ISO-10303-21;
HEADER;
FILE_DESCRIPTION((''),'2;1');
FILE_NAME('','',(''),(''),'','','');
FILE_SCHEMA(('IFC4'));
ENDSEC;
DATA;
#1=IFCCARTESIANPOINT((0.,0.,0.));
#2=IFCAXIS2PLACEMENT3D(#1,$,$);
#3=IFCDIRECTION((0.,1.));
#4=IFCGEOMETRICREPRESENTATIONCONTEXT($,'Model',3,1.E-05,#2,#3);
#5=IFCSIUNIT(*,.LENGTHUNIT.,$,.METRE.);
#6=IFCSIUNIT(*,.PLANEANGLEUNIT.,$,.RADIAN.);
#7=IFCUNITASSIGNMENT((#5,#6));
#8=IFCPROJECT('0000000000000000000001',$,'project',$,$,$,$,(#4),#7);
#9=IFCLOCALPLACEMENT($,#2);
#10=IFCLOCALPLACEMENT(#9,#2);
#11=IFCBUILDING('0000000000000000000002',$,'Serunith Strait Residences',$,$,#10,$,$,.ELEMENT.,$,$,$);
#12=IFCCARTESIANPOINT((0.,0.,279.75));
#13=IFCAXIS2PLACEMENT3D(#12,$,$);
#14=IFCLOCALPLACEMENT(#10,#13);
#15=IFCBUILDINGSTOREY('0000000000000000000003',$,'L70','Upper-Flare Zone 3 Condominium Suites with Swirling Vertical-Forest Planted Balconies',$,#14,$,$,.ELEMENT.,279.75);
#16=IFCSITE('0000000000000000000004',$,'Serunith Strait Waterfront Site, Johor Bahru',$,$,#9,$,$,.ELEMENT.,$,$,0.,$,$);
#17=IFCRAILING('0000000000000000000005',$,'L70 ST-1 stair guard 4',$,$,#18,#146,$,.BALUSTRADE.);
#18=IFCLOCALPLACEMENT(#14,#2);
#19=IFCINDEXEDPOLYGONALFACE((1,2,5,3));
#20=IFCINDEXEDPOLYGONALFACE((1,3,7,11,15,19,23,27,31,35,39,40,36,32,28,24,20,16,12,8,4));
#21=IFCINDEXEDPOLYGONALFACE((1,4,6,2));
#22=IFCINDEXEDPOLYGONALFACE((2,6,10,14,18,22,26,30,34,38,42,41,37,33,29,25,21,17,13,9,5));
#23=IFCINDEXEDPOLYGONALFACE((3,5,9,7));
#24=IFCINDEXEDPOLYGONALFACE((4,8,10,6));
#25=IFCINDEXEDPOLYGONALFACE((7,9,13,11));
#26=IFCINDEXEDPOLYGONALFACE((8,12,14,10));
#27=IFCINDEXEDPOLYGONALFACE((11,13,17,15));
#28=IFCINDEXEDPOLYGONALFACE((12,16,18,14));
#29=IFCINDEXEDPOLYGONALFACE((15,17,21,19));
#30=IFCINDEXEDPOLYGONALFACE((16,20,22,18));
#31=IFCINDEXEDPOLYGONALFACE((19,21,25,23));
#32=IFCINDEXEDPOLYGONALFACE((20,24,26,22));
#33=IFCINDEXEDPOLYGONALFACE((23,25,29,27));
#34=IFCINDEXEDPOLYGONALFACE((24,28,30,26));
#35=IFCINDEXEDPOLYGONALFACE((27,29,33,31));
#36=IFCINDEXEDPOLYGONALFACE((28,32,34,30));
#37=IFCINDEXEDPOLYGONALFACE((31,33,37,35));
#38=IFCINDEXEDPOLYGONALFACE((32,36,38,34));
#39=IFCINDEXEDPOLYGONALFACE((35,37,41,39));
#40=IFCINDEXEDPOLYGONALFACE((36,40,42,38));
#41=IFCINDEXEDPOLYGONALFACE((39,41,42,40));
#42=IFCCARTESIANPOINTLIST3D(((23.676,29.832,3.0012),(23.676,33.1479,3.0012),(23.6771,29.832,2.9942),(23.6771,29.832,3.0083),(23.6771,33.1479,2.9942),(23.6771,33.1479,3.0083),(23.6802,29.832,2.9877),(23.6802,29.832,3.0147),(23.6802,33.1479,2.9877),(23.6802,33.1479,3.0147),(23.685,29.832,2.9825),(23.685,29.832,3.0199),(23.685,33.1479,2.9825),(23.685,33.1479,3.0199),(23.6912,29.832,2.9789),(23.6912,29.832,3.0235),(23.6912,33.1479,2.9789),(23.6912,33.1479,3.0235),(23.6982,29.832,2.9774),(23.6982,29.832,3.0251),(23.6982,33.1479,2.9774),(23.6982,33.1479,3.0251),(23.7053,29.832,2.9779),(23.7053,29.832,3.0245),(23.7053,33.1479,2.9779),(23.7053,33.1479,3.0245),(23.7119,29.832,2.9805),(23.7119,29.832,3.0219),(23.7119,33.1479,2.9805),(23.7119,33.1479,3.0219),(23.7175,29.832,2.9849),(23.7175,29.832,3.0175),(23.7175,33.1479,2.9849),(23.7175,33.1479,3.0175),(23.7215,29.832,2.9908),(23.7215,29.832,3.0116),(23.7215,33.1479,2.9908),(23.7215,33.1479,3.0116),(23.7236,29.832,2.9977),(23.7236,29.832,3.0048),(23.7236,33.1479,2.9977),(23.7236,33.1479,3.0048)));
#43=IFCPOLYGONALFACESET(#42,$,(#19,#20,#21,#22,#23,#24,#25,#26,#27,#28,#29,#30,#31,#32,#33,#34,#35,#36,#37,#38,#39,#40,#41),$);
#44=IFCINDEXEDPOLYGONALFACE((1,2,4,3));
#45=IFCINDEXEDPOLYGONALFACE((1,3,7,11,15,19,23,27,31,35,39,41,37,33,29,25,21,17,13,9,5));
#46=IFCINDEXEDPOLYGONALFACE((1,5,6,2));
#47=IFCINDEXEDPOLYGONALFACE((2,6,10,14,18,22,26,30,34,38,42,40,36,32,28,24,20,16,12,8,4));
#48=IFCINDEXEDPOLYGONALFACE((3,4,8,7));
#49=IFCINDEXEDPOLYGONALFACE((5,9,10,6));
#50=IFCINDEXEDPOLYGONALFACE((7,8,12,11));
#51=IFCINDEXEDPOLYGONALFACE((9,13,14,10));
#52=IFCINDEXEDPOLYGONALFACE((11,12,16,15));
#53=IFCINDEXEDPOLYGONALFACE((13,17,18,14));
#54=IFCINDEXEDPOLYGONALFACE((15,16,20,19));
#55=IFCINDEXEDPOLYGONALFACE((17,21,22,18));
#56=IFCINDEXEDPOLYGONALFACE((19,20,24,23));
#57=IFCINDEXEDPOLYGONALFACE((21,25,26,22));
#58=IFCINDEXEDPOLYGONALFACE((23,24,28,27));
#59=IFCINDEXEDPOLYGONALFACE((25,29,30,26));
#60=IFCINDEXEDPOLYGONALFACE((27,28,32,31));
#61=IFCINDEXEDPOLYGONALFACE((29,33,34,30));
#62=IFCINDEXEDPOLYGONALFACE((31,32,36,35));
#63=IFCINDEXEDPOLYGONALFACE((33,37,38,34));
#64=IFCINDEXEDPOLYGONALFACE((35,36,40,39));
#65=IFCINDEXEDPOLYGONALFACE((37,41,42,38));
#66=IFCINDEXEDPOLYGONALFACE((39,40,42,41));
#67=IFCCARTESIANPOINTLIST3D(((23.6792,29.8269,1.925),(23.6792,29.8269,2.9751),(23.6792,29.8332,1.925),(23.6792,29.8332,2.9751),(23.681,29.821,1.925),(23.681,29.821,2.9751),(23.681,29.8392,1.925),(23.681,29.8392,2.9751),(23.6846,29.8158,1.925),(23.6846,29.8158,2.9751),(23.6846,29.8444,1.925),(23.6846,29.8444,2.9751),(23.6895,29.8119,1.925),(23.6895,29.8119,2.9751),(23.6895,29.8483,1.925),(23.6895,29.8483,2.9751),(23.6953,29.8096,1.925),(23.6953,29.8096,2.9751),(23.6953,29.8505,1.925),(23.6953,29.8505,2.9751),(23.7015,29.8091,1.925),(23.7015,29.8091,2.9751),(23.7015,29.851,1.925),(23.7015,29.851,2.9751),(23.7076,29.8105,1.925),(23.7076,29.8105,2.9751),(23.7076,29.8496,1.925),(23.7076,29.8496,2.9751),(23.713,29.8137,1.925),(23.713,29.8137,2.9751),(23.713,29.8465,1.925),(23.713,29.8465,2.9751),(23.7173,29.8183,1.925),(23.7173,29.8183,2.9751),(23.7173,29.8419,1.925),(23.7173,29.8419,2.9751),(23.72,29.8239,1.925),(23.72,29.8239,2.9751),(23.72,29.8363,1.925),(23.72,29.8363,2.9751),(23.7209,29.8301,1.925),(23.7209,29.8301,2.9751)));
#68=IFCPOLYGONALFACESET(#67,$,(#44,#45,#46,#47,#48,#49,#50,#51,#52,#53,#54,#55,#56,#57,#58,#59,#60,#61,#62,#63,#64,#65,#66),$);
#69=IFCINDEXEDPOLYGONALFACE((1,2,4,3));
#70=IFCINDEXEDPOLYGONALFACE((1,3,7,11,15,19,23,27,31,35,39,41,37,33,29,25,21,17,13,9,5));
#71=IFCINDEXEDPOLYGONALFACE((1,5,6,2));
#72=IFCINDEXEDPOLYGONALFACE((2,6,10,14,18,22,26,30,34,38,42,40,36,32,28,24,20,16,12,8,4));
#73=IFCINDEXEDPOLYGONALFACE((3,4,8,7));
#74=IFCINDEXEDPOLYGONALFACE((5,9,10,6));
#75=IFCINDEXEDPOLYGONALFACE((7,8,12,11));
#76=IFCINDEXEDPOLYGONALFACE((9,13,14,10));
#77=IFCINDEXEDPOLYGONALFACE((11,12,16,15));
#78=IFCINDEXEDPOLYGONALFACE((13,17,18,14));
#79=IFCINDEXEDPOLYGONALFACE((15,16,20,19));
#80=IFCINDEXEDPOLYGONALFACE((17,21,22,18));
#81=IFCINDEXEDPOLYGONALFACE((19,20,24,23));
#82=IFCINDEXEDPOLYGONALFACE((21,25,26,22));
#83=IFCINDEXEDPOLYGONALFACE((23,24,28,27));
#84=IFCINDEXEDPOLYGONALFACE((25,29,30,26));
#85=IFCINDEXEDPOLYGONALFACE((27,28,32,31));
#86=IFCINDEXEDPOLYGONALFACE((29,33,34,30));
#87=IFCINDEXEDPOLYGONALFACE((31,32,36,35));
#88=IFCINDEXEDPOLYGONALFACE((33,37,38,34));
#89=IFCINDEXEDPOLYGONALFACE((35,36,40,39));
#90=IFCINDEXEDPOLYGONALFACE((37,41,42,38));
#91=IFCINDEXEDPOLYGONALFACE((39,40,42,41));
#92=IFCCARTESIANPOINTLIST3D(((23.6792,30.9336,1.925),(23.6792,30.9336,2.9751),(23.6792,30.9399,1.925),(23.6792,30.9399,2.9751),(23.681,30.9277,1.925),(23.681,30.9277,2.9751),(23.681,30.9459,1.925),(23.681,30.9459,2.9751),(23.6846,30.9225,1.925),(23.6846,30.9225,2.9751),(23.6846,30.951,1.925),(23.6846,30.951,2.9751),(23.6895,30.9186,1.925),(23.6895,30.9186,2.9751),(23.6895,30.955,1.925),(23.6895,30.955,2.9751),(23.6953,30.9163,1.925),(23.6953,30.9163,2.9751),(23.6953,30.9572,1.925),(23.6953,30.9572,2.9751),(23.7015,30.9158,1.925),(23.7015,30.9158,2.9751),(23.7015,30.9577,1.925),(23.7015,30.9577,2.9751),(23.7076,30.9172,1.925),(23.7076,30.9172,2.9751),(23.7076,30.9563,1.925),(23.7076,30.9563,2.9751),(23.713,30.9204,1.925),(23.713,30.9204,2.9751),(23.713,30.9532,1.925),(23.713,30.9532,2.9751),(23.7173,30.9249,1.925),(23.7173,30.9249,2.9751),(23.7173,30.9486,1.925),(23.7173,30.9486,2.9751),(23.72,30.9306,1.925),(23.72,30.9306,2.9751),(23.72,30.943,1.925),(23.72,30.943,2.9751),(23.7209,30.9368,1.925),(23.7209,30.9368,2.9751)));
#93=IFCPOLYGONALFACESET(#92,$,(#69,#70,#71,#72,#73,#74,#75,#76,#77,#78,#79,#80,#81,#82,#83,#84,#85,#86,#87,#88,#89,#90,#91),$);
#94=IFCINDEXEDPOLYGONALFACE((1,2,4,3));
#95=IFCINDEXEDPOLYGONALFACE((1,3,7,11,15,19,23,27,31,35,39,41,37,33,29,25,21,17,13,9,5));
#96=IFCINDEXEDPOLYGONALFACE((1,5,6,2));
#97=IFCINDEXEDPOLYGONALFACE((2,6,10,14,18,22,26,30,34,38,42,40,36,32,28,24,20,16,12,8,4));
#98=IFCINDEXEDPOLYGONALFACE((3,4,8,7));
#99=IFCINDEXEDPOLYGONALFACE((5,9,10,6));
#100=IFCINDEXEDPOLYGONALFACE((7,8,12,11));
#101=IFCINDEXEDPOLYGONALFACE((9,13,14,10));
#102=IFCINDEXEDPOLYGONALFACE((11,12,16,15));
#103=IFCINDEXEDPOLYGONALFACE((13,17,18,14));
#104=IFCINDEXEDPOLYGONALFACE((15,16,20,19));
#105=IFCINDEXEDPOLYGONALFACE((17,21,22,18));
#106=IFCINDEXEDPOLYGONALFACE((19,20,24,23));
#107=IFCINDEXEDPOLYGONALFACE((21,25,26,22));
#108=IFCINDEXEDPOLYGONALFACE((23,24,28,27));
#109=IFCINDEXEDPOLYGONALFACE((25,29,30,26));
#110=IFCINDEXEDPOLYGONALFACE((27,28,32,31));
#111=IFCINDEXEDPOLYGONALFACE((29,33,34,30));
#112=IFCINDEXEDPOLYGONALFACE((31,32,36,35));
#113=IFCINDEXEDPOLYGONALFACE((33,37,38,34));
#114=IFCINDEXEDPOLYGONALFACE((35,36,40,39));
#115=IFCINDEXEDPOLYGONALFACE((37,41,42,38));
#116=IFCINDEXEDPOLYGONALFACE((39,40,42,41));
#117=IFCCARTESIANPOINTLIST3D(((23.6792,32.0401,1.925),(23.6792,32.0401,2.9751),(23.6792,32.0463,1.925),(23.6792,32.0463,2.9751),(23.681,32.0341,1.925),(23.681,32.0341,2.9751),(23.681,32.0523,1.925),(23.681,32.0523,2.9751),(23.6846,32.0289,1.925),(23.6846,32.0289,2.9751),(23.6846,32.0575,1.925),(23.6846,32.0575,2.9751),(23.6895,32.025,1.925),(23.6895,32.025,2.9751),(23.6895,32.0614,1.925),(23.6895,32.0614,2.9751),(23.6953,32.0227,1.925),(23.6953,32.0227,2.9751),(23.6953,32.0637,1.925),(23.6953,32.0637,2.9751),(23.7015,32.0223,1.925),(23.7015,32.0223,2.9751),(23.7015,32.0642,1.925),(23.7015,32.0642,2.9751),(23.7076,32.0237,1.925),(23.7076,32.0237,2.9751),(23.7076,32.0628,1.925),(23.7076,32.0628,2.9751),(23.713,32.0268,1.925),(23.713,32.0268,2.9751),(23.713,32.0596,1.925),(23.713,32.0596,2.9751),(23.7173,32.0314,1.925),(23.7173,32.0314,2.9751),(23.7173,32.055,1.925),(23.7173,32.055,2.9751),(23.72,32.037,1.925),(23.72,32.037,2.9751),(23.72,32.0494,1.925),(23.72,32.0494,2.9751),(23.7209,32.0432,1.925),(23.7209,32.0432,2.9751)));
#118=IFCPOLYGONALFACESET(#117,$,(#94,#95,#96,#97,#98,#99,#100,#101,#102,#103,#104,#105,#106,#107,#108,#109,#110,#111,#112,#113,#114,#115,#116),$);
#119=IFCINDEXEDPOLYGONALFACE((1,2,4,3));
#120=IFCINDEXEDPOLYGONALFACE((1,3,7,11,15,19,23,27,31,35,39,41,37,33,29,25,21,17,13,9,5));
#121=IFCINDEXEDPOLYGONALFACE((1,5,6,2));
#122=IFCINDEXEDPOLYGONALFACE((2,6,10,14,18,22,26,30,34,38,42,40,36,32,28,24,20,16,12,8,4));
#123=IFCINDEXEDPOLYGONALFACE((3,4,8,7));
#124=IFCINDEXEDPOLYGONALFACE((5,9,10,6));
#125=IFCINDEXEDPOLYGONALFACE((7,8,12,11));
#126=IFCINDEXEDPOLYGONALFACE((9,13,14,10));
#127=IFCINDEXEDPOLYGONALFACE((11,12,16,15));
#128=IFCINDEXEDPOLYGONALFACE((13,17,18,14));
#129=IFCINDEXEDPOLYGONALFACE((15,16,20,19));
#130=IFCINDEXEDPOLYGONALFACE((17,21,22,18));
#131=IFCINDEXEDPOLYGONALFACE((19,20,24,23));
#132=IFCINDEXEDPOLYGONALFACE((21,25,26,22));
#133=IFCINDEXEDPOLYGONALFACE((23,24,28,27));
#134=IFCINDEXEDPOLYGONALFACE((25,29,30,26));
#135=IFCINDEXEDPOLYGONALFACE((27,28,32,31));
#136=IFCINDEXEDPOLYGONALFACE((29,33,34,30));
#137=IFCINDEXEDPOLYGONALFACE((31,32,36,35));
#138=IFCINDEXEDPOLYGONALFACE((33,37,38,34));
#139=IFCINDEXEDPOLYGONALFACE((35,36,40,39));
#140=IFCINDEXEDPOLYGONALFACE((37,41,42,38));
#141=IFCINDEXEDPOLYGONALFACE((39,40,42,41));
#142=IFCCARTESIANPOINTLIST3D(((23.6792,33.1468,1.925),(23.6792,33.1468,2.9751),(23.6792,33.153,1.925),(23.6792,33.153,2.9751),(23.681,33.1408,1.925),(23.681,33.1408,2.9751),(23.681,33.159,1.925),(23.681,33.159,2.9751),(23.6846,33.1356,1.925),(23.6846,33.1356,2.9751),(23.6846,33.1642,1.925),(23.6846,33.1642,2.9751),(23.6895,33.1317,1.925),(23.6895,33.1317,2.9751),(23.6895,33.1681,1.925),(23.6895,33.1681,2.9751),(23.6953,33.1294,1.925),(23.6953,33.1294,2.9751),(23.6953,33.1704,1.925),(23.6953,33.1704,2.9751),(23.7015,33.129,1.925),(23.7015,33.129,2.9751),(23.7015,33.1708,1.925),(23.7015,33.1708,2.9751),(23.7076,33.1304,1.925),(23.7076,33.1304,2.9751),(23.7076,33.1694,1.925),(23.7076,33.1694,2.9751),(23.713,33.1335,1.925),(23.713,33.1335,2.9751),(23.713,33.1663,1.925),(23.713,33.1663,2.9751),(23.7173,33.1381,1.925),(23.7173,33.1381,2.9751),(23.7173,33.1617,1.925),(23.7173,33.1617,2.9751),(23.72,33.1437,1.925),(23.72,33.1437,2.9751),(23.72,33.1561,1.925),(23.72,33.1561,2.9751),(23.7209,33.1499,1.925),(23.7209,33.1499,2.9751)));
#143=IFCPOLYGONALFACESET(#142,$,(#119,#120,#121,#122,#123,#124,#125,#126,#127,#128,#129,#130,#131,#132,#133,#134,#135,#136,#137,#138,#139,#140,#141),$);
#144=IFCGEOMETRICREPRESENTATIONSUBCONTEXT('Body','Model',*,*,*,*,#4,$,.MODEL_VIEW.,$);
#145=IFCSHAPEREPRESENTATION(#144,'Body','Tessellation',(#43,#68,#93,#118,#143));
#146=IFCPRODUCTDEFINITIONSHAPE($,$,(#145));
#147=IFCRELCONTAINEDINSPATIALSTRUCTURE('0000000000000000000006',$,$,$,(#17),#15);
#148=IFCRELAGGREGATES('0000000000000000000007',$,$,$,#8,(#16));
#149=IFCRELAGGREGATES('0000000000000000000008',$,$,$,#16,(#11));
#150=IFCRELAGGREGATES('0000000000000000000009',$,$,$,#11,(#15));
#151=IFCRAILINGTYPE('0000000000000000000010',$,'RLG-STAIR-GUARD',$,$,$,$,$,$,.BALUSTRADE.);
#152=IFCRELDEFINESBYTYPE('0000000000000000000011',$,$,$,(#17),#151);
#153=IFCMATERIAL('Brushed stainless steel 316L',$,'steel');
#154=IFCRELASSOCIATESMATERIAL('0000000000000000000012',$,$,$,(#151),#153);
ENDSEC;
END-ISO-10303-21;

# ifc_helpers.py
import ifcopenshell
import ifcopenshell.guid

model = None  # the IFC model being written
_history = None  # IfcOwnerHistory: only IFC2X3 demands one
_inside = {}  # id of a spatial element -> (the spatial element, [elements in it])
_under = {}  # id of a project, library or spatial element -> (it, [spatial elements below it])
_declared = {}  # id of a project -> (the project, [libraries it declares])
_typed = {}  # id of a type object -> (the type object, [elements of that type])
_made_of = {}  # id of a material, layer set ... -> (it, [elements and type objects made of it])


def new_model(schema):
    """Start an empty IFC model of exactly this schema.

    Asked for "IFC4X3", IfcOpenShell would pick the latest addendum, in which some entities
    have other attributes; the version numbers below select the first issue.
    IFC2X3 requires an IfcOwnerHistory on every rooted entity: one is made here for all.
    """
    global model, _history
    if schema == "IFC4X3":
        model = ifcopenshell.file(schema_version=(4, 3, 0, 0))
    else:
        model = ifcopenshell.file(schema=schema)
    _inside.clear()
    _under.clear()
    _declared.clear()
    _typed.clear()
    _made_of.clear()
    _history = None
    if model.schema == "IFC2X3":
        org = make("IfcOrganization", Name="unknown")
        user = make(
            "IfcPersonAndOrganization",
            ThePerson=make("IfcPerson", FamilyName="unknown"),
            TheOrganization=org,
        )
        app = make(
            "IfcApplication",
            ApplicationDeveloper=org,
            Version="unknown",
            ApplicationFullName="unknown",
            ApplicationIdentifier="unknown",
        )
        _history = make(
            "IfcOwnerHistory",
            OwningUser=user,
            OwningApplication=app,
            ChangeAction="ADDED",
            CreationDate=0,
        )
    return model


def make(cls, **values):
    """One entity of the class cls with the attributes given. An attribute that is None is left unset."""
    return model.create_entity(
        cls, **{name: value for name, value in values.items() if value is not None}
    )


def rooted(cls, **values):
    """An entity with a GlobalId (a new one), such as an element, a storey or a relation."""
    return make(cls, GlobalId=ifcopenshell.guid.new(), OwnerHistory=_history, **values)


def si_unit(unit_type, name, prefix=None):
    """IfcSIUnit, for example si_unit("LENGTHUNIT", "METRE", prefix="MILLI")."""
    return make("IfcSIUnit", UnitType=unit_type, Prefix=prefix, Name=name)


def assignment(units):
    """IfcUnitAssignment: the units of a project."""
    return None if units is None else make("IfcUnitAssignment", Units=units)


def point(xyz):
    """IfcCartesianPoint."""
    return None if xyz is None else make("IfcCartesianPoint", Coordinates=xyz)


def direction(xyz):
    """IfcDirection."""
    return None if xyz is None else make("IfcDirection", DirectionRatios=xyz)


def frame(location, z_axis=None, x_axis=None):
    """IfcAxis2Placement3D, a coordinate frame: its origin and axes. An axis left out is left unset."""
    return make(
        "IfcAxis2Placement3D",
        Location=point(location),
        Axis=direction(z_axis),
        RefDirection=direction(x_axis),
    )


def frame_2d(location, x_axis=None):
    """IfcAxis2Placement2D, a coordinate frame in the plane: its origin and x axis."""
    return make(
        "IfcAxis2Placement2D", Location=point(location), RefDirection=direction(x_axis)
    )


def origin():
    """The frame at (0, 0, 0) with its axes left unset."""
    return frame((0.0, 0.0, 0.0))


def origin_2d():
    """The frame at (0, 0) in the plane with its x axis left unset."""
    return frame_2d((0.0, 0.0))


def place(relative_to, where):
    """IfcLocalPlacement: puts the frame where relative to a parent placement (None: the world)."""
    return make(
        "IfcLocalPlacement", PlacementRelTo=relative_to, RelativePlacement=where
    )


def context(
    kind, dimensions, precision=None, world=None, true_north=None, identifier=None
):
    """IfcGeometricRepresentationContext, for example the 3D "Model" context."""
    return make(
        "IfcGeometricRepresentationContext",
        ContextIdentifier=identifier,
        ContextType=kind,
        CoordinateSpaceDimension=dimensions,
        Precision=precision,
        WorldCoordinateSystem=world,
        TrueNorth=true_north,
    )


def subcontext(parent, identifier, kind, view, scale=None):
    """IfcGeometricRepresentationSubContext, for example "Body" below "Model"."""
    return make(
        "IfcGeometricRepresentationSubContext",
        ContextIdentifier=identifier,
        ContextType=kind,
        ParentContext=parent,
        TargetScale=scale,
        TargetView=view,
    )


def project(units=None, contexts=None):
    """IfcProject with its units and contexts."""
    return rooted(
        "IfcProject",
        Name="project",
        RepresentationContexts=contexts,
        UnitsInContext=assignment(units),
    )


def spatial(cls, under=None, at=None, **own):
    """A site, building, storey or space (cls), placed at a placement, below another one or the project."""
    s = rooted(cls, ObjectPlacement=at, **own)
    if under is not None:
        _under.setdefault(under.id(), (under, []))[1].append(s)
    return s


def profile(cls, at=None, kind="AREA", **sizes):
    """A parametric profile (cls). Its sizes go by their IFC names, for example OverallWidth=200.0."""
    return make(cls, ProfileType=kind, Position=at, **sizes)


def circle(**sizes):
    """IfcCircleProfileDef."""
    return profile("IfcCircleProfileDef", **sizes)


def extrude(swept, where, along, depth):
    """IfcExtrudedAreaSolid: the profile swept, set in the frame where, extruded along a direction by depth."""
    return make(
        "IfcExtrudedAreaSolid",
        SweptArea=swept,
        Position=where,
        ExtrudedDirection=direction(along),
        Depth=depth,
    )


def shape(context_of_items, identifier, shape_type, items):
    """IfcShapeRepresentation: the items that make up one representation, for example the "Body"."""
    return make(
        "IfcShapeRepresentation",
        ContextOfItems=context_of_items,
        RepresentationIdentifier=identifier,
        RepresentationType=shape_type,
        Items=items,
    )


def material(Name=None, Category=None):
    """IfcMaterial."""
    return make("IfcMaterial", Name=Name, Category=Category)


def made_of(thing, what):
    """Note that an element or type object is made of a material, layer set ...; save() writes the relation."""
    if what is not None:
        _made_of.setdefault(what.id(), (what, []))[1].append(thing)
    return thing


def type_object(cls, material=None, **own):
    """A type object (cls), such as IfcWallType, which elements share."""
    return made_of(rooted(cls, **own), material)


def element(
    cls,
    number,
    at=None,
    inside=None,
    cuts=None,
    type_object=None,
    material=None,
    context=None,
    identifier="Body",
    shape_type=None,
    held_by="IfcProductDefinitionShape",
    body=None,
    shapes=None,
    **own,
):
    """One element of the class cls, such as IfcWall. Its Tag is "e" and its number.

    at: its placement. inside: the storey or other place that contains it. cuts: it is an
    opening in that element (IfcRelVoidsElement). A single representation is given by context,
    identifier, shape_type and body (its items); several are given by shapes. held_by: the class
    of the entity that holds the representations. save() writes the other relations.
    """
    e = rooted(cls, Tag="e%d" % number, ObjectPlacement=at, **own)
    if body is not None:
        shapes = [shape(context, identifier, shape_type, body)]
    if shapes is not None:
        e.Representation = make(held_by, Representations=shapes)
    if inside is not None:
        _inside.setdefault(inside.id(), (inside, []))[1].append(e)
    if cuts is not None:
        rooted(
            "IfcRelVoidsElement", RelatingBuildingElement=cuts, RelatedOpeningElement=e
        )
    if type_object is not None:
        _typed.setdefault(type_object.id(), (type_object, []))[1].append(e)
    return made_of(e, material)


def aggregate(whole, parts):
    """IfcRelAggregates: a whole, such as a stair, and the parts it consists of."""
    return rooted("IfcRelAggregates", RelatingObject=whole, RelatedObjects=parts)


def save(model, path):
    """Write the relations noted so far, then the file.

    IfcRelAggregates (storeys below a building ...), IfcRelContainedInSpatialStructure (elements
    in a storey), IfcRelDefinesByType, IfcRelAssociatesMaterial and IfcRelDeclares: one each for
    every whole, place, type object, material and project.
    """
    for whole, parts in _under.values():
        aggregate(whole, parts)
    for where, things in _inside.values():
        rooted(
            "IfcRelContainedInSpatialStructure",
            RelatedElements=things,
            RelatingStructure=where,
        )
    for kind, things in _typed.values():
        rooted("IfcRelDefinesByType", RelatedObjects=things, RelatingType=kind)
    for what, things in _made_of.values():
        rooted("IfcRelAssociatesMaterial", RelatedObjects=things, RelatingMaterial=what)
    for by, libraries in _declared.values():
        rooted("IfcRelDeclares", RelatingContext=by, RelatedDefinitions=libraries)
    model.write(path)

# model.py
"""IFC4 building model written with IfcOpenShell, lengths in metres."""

from ifc_helpers import new_model, si_unit, direction, frame, origin, origin_2d, place, context, subcontext, project, spatial, circle, extrude, material, type_object, element, save


model = new_model("IFC4")

# Units and contexts
model_context = context("Model", 3, precision=1e-05, world=origin(), true_north=direction((0.0, 1.0)))
body_context = subcontext(model_context, "Body", "Model", "MODEL_VIEW")
ifc_project = project(units=[si_unit("LENGTHUNIT", "METRE"), si_unit("PLANEANGLEUNIT", "RADIAN")], contexts=[model_context])

# Site, building, storey
site_placement = place(None, origin())
site = spatial("IfcSite", under=ifc_project, at=site_placement, Name="Serunith Strait Waterfront Site, Johor Bahru", CompositionType="ELEMENT", RefElevation=0.0)
building_placement = place(site_placement, origin())
building = spatial("IfcBuilding", under=site, at=building_placement, Name="Serunith Strait Residences", CompositionType="ELEMENT")
storey_placement = place(building_placement, frame((0.0, 0.0, 279.75)))
storey = spatial("IfcBuildingStorey", under=building, at=storey_placement, Name="L70", Description="Upper-Flare Zone 3 Condominium Suites with Swirling Vertical-Forest Planted Balconies", CompositionType="ELEMENT", Elevation=279.75)

# Railing
ifc_material_1 = material(Name="Brushed stainless steel 316L", Category="steel")
railing_type_1 = type_object("IfcRailingType", Name="RLG-STAIR-GUARD", PredefinedType="BALUSTRADE", material=ifc_material_1)
for number, where, name in (
    (1, (23.7, 29.8301, 1.925), "L70 ST-1 stair guard 4"),
):
    element("IfcRailing", number, at=place(storey_placement, frame(where)), inside=storey, type_object=railing_type_1, Name=name, PredefinedType="BALUSTRADE", context=body_context, shape_type="SweptSolid", body=[
        extrude(circle(Radius=0.0239, at=origin_2d()), frame((0.0, 0.002, 1.0762), z_axis=(0.0, 1.0, 0.0), x_axis=(-1.0, 0.0, 0.0)), (0.0, 0.0, 1.0), 3.3159),
        extrude(circle(Radius=0.021, at=origin_2d()), origin(), (0.0, 0.0, 1.0), 1.05),
        extrude(circle(Radius=0.021, at=origin_2d()), frame((0.0, 1.1067, 0.0)), (0.0, 0.0, 1.0), 1.05),
        extrude(circle(Radius=0.021, at=origin_2d()), frame((0.0, 2.2131, 0.0)), (0.0, 0.0, 1.0), 1.05),
        extrude(circle(Radius=0.021, at=origin_2d()), frame((0.0, 3.3198, 0.0)), (0.0, 0.0, 1.0), 1.05),
    ])

save(model, "model.ifc")
